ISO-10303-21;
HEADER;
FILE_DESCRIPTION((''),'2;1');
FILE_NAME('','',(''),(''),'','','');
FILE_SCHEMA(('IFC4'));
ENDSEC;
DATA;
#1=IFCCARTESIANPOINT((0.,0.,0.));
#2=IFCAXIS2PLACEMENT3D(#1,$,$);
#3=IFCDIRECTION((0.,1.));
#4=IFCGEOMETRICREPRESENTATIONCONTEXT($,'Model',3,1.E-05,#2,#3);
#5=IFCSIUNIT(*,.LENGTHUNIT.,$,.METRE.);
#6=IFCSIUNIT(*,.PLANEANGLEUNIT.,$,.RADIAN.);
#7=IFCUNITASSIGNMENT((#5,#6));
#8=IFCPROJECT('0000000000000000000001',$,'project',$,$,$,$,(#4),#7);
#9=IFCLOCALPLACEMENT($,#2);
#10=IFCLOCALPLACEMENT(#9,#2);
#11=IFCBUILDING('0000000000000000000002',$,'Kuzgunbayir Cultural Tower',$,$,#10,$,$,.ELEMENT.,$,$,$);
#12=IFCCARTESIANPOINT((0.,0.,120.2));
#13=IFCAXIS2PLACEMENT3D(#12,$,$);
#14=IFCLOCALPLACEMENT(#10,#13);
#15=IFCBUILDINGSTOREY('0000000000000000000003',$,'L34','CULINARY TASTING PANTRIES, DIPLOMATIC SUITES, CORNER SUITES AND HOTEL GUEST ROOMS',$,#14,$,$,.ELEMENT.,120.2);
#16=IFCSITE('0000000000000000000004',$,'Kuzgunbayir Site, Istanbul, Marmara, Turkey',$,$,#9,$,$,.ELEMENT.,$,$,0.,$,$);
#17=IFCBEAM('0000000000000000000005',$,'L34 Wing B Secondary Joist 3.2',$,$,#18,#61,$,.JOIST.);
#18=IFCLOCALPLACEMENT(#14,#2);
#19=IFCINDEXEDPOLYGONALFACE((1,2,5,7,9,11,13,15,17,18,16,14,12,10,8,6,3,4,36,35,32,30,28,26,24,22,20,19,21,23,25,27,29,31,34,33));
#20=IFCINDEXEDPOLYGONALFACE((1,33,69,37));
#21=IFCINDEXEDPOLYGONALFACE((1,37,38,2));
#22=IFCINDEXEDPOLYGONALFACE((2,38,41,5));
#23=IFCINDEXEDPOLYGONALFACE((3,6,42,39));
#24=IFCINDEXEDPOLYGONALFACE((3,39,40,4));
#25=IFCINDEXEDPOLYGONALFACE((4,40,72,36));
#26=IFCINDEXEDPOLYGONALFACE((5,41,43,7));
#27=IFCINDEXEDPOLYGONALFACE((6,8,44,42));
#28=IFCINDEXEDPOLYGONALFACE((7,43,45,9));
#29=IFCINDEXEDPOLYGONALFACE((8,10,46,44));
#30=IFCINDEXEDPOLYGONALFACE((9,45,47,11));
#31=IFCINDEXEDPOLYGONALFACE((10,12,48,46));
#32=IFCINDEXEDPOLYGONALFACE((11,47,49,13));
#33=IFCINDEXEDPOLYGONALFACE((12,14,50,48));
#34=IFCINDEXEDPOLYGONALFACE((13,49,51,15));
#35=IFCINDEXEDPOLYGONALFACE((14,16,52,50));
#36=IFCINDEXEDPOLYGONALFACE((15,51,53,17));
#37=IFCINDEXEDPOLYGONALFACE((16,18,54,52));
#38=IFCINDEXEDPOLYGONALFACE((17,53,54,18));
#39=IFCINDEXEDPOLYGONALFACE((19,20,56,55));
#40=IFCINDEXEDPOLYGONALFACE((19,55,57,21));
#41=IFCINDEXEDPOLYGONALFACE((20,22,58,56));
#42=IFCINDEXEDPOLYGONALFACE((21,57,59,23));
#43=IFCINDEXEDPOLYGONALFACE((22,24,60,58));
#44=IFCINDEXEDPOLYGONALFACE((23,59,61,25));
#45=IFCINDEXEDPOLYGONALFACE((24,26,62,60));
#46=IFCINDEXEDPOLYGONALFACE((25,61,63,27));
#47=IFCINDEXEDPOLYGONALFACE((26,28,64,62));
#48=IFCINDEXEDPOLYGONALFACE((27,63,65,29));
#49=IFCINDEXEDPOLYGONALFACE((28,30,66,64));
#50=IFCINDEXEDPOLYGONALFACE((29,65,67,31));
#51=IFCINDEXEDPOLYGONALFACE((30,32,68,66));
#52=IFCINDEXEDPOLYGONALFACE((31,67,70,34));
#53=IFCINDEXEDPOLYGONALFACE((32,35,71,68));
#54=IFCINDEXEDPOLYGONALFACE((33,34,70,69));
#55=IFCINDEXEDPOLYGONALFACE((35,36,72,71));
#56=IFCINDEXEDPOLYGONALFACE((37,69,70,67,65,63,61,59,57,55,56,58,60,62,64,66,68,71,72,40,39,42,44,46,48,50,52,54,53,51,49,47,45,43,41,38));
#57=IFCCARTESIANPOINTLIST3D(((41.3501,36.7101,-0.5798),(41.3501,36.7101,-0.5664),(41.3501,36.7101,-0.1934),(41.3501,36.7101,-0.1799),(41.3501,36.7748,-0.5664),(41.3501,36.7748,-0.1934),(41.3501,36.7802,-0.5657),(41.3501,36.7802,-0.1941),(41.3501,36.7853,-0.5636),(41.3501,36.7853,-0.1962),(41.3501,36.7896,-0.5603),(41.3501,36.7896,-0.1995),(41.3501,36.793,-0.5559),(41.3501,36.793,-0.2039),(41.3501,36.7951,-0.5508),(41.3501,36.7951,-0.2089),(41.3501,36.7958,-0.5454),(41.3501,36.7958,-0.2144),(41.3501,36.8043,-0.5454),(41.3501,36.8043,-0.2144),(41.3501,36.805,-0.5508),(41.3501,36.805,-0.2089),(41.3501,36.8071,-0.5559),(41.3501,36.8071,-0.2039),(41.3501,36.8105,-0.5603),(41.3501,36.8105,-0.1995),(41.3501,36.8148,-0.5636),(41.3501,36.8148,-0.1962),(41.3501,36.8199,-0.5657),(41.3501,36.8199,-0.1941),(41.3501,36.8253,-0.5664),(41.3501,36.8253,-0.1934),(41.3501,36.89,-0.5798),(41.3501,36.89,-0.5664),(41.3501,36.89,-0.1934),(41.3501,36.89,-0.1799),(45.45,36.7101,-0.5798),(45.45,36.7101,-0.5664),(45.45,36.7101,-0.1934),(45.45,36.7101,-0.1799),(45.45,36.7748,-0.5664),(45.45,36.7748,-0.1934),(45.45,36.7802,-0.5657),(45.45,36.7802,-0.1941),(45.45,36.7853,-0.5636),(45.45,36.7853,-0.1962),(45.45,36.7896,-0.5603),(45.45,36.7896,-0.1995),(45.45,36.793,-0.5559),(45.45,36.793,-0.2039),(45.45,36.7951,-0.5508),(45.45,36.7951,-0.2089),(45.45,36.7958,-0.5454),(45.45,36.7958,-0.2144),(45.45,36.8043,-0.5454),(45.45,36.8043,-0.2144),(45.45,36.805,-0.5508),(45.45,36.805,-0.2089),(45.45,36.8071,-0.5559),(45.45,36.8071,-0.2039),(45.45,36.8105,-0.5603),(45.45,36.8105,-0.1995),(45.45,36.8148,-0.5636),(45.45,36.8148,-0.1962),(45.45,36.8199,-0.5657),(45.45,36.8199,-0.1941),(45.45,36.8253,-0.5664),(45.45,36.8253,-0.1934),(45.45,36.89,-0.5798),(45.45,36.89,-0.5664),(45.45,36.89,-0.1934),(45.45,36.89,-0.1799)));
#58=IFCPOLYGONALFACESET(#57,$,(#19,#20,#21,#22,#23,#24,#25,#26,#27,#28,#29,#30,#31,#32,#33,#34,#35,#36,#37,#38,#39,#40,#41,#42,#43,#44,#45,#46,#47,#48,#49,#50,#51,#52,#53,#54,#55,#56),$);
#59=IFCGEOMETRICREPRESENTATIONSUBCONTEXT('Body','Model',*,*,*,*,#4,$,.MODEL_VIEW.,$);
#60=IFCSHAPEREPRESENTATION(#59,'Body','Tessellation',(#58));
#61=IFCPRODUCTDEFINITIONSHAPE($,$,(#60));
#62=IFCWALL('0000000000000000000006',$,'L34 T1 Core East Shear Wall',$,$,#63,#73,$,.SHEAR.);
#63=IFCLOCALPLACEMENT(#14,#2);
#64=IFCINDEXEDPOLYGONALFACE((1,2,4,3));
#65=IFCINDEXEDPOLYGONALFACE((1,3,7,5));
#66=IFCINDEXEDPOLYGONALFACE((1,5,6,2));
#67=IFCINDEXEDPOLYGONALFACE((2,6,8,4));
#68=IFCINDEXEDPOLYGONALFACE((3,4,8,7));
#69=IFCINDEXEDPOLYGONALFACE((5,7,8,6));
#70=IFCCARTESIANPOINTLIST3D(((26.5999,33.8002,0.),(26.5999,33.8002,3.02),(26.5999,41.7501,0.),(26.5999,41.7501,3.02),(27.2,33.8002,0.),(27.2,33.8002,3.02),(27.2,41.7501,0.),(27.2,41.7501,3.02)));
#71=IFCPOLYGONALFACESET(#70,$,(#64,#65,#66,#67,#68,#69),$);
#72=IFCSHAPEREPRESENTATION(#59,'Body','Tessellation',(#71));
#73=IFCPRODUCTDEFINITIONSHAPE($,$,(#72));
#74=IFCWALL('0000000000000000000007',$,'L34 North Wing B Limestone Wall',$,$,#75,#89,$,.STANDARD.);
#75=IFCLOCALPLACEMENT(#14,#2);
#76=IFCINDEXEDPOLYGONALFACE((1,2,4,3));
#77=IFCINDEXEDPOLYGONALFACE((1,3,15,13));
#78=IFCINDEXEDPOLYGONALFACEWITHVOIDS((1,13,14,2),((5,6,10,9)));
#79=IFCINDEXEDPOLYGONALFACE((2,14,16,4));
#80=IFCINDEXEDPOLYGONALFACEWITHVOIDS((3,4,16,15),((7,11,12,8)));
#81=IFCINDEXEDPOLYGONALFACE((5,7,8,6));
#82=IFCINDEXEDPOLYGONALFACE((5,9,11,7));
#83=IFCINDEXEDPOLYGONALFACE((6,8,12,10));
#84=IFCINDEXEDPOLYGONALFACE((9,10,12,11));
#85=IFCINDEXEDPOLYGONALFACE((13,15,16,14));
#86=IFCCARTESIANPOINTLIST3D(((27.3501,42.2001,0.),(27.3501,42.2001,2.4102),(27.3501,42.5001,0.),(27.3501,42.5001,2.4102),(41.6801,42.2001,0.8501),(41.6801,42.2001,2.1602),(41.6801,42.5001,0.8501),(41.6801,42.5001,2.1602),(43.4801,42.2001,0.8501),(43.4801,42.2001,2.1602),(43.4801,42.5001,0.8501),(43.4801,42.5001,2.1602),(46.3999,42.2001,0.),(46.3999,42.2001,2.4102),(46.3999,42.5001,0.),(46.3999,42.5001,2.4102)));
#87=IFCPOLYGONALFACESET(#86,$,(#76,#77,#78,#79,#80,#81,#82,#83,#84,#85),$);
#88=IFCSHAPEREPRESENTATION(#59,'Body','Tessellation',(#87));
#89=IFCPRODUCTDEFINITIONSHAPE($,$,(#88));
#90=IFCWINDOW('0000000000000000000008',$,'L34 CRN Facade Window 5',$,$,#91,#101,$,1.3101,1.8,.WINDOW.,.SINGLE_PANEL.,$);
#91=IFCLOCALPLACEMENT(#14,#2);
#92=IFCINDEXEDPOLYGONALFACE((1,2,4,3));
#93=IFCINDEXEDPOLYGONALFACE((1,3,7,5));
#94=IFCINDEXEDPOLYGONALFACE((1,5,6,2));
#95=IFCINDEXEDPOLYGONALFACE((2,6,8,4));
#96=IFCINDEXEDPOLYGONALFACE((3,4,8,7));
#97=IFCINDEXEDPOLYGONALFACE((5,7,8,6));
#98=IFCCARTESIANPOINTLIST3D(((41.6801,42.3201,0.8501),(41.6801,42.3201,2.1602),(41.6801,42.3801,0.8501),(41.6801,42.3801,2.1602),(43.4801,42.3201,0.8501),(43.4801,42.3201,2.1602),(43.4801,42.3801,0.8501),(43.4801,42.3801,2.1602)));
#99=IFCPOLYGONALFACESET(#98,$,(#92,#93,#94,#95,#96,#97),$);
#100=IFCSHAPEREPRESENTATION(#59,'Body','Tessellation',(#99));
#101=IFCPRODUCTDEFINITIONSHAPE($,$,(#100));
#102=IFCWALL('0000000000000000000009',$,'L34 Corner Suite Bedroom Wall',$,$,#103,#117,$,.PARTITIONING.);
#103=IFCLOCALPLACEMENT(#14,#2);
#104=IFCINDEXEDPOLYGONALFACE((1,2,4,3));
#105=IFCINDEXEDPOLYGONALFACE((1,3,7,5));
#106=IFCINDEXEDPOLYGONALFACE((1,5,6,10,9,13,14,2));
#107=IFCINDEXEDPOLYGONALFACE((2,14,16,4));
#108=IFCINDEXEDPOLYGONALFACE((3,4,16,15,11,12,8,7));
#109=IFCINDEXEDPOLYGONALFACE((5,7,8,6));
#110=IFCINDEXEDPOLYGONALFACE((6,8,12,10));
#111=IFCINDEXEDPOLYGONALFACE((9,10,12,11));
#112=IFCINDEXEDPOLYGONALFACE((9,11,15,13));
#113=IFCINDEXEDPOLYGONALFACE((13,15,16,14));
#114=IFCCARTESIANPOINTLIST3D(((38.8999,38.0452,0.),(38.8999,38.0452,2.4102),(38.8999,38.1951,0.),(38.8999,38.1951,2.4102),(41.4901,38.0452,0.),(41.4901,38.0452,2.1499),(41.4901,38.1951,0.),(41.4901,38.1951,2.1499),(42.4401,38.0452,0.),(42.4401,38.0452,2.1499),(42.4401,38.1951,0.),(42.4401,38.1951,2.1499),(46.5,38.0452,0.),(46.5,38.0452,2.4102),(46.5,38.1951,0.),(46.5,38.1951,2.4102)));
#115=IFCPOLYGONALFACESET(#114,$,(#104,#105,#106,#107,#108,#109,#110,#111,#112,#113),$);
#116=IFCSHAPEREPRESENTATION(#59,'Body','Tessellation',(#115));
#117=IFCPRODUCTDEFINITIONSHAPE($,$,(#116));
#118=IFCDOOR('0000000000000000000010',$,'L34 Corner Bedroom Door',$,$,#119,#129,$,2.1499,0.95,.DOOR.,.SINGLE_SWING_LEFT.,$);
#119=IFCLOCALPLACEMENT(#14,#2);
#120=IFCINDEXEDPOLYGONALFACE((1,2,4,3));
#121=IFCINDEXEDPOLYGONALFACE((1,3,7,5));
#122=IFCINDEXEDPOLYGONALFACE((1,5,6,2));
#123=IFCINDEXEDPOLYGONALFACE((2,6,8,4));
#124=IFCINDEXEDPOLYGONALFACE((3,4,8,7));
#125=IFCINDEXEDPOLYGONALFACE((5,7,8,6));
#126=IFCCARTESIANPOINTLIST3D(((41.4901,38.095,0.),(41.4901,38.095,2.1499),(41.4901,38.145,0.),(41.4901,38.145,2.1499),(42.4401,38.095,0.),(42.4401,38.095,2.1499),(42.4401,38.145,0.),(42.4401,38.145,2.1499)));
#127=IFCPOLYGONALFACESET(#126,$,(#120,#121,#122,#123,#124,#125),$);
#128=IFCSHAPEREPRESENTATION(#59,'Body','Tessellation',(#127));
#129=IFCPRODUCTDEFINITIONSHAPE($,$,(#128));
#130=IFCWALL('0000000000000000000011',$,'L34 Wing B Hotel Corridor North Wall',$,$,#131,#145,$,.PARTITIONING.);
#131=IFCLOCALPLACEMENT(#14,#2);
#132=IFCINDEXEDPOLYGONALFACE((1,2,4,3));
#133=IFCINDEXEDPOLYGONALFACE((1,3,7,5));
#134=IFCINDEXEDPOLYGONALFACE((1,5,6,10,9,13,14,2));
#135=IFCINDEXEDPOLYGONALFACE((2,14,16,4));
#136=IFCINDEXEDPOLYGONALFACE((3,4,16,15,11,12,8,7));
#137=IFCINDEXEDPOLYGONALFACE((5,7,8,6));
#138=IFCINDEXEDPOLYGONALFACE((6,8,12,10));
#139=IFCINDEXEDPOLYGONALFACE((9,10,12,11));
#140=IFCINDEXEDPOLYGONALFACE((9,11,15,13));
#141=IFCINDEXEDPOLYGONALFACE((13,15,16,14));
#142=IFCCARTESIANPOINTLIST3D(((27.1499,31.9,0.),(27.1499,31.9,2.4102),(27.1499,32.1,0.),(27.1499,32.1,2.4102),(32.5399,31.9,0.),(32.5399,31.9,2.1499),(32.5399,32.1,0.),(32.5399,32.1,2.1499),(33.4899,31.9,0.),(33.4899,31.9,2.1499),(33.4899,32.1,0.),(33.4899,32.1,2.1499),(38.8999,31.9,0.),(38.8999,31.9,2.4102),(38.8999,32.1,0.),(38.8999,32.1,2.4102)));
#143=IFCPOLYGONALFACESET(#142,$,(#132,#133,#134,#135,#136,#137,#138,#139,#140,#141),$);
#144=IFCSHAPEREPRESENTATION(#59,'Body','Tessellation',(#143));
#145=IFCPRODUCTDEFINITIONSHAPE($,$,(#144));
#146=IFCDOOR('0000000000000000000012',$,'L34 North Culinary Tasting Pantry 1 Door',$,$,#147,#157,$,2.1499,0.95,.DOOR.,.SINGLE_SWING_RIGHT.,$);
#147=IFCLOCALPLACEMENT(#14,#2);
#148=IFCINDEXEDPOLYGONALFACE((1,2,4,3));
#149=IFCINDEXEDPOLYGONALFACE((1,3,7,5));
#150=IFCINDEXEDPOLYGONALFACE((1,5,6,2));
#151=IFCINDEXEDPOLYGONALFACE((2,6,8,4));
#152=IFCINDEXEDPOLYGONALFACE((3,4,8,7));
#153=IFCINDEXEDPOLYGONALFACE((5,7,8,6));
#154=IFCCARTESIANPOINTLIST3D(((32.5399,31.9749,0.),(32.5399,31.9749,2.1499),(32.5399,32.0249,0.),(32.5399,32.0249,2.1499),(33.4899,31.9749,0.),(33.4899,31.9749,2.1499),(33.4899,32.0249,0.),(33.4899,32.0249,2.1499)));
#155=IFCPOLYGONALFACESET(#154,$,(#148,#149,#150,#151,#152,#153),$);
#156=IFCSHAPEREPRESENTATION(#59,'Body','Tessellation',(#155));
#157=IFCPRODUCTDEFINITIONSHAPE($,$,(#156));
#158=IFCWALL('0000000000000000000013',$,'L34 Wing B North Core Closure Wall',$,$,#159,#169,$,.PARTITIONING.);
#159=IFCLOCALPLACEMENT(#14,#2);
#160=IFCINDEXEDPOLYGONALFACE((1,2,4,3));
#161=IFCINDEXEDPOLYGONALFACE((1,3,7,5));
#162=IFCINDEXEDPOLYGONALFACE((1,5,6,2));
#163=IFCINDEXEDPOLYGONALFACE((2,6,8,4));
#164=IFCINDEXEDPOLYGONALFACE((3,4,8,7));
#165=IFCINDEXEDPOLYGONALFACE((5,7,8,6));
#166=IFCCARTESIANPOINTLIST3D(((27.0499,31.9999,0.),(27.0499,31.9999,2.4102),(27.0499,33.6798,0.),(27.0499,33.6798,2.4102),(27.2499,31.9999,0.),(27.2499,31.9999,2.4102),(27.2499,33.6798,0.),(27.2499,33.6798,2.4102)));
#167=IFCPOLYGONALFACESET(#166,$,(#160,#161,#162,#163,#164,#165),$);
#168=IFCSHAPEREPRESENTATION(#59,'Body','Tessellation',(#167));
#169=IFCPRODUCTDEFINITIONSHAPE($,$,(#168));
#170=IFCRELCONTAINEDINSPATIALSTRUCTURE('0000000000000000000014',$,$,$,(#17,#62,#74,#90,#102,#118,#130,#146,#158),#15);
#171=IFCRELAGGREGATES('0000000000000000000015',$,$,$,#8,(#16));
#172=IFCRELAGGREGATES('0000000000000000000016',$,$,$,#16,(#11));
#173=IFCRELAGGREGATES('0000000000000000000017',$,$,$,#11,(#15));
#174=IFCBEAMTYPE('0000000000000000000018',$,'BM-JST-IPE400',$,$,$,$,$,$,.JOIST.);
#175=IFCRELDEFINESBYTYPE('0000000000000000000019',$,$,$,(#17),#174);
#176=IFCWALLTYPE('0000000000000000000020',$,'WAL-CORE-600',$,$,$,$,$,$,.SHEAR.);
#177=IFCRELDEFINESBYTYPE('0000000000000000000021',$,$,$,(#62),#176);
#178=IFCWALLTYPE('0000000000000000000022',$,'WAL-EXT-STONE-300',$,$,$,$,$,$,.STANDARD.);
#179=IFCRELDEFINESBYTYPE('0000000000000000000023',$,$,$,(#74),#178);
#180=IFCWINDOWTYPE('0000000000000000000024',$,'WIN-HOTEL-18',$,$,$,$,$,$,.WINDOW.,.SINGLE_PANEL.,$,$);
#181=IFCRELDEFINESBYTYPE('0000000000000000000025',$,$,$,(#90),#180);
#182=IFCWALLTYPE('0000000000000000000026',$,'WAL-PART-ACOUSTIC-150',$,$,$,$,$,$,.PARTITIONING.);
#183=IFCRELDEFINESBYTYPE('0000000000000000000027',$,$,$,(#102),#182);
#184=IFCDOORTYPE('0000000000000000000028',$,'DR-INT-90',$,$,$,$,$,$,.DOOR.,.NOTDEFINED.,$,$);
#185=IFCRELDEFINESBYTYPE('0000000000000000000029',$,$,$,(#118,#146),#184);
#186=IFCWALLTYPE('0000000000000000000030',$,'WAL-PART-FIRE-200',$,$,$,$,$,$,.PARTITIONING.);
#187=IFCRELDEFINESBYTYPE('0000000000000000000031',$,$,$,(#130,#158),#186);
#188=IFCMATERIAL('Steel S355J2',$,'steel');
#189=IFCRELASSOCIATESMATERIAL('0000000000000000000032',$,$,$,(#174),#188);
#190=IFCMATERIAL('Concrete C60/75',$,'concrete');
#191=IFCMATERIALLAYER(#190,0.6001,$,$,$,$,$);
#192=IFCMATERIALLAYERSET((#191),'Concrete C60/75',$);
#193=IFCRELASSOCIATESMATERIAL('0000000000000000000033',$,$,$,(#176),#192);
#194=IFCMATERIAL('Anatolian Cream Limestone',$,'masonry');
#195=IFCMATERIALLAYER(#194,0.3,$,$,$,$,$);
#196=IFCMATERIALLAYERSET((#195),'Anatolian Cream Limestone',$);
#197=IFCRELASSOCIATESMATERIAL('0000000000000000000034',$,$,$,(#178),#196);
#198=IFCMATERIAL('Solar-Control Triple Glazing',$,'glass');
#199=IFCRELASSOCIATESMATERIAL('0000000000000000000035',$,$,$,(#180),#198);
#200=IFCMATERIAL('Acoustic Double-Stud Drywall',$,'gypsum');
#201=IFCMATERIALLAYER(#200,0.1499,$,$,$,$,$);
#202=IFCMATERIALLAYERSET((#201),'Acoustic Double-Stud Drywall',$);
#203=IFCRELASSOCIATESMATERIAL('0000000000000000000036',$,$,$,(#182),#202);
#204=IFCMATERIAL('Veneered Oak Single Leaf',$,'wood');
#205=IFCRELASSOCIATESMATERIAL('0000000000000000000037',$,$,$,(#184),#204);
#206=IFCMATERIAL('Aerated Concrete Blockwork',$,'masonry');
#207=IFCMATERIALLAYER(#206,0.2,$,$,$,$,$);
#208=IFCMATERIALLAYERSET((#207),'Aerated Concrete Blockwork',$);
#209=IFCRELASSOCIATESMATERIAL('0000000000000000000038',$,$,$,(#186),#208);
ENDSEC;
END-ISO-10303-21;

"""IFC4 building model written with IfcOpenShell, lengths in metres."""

from ifc_helpers import new_model, si_unit, direction, frame, frame_2d, origin, origin_2d, place, context, subcontext, project, spatial, rectangle, i_section, extrude, material, layer, layer_set, material_profile, profile_set, type_object, element, fill, save


model = new_model("IFC4")

# Units and contexts
model_context = context("Model", 3, precision=1e-05, world=origin(), true_north=direction((0.0, 1.0)))
body_context = subcontext(model_context, "Body", "Model", "MODEL_VIEW")
ifc_project = project(units=[si_unit("LENGTHUNIT", "METRE"), si_unit("PLANEANGLEUNIT", "RADIAN")], contexts=[model_context])

# Site, building, storey
site_placement = place(None, origin())
site = spatial("IfcSite", under=ifc_project, at=site_placement, Name="Kuzgunbayir Site, Istanbul, Marmara, Turkey", CompositionType="ELEMENT", RefElevation=0.0)
building_placement = place(site_placement, origin())
building = spatial("IfcBuilding", under=site, at=building_placement, Name="Kuzgunbayir Cultural Tower", CompositionType="ELEMENT")
storey_placement = place(building_placement, frame((0.0, 0.0, 120.2)))
storey = spatial("IfcBuildingStorey", under=building, at=storey_placement, Name="L34", Description="CULINARY TASTING PANTRIES, DIPLOMATIC SUITES, CORNER SUITES AND HOTEL GUEST ROOMS", CompositionType="ELEMENT", Elevation=120.2)

# Beam
ifc_material_1 = material(Name="Steel S355J2", Category="steel")
ifc_material_profile_1 = material_profile(ifc_material_1, i_section(OverallWidth=0.1799, OverallDepth=0.3999, WebThickness=0.0085, FlangeThickness=0.0134, FilletRadius=0.021, at=origin_2d()), Name="IPE 400")
ifc_profile_set_1 = profile_set([ifc_material_profile_1], Name="Steel S355J2")
beam_type_1 = type_object("IfcBeamType", Name="BM-JST-IPE400", PredefinedType="JOIST", material=ifc_profile_set_1)
for number, where, z_axis, x_axis, name in (
    (1, (41.3501, 36.8, -0.3799), (1.0, 0.0, 0.0), (0.0, 1.0, 0.0), "L34 Wing B Secondary Joist 3.2"),
):
    element("IfcBeam", number, at=place(storey_placement, frame(where, z_axis=z_axis, x_axis=x_axis)), inside=storey, type_object=beam_type_1, Name=name, PredefinedType="JOIST", context=body_context, shape_type="SweptSolid", body=[
        extrude(i_section(OverallWidth=0.1799, OverallDepth=0.3999, WebThickness=0.0085, FlangeThickness=0.0134, FilletRadius=0.021, at=origin_2d()), origin(), (0.0, 0.0, 1.0), 4.0999),
    ])

# Wall
ifc_material_2 = material(Name="Concrete C60/75", Category="concrete")
ifc_layer_1 = layer(ifc_material_2, 0.6001)
ifc_layer_set_1 = layer_set([ifc_layer_1], Name="Concrete C60/75")
wall_type_1 = type_object("IfcWallType", Name="WAL-CORE-600", PredefinedType="SHEAR", material=ifc_layer_set_1)
wall_1_placement = place(storey_placement, frame((26.8999, 33.8, 0.0), z_axis=(0.0, 0.0, 1.0), x_axis=(0.0, 1.0, 0.0)))
element("IfcWall", 2, at=wall_1_placement, inside=storey, type_object=wall_type_1, Name="L34 T1 Core East Shear Wall", PredefinedType="SHEAR", context=body_context, shape_type="SweptSolid", body=[
    extrude(rectangle(XDim=7.95, YDim=0.6001, at=frame_2d((3.9751, 0.0))), origin(), (0.0, 0.0, 1.0), 3.02),
])

# Wall, opening, window
ifc_material_3 = material(Name="Anatolian Cream Limestone", Category="masonry")
ifc_layer_2 = layer(ifc_material_3, 0.3)
ifc_layer_set_2 = layer_set([ifc_layer_2], Name="Anatolian Cream Limestone")
wall_type_2 = type_object("IfcWallType", Name="WAL-EXT-STONE-300", PredefinedType="STANDARD", material=ifc_layer_set_2)
wall_2_placement = place(storey_placement, frame((46.3999, 42.3501, 0.0), z_axis=(0.0, 0.0, 1.0), x_axis=(-1.0, 0.0, 0.0)))
wall_2 = element("IfcWall", 3, at=wall_2_placement, inside=storey, type_object=wall_type_2, Name="L34 North Wing B Limestone Wall", PredefinedType="STANDARD", context=body_context, shape_type="SweptSolid", body=[
    extrude(rectangle(XDim=19.0498, YDim=0.3, at=frame_2d((9.5249, 0.0))), origin(), (0.0, 0.0, 1.0), 2.4102),
])
opening_1_placement = place(wall_2_placement, frame((2.9199, 0.0, 0.8501)))
opening_1 = element("IfcOpeningElement", 4, at=opening_1_placement, cuts=wall_2, PredefinedType="OPENING", context=body_context, shape_type="SweptSolid", body=[
    extrude(rectangle(XDim=1.8, YDim=1.3101, at=frame_2d((0.8999, 0.655))), frame((0.0, 0.1602, 0.0), z_axis=(0.0, -1.0, 0.0), x_axis=(1.0, 0.0, 0.0)), (0.0, 0.0, 1.0), 0.3201),
])
ifc_material_4 = material(Name="Solar-Control Triple Glazing", Category="glass")
window_type = type_object("IfcWindowType", Name="WIN-HOTEL-18", PartitioningType="SINGLE_PANEL", PredefinedType="WINDOW", material=ifc_material_4)
window_placement = place(opening_1_placement, origin())
window = element("IfcWindow", 5, at=window_placement, inside=storey, type_object=window_type, Name="L34 CRN Facade Window 5", OverallHeight=1.3101, OverallWidth=1.8, PartitioningType="SINGLE_PANEL", PredefinedType="WINDOW", context=body_context, shape_type="SweptSolid", body=[
    extrude(rectangle(XDim=1.8, YDim=1.3101, at=frame_2d((0.8999, 0.655))), frame((0.0, 0.03, 0.0), z_axis=(0.0, -1.0, 0.0), x_axis=(1.0, 0.0, 0.0)), (0.0, 0.0, 1.0), 0.0601),
])
fill(opening_1, window)

# Walls, openings, doors
ifc_material_5 = material(Name="Acoustic Double-Stud Drywall", Category="gypsum")
ifc_layer_3 = layer(ifc_material_5, 0.1499)
ifc_layer_set_3 = layer_set([ifc_layer_3], Name="Acoustic Double-Stud Drywall")
wall_type_3 = type_object("IfcWallType", Name="WAL-PART-ACOUSTIC-150", PredefinedType="PARTITIONING", material=ifc_layer_set_3)
wall_3_placement = place(storey_placement, frame((38.8999, 38.1201, 0.0), z_axis=(0.0, 0.0, 1.0), x_axis=(1.0, 0.0, 0.0)))
wall_3 = element("IfcWall", 6, at=wall_3_placement, inside=storey, type_object=wall_type_3, Name="L34 Corner Suite Bedroom Wall", PredefinedType="PARTITIONING", context=body_context, shape_type="SweptSolid", body=[
    extrude(rectangle(XDim=7.6001, YDim=0.1499, at=frame_2d((3.8, 0.0))), origin(), (0.0, 0.0, 1.0), 2.4102),
])
opening_2_placement = place(wall_3_placement, frame((2.5901, 0.0, 0.0)))
opening_2 = element("IfcOpeningElement", 7, at=opening_2_placement, cuts=wall_3, PredefinedType="OPENING", context=body_context, shape_type="SweptSolid", body=[
    extrude(rectangle(XDim=0.95, YDim=2.1499, at=frame_2d((0.4751, 1.075))), frame((0.0, 0.085, 0.0), z_axis=(0.0, -1.0, 0.0), x_axis=(1.0, 0.0, 0.0)), (0.0, 0.0, 1.0), 0.1699),
])
ifc_material_6 = material(Name="Veneered Oak Single Leaf", Category="wood")
door_type_1 = type_object("IfcDoorType", Name="DR-INT-90", OperationType="NOTDEFINED", PredefinedType="DOOR", material=ifc_material_6)
door_1_placement = place(opening_2_placement, origin())
door_1 = element("IfcDoor", 8, at=door_1_placement, inside=storey, type_object=door_type_1, Name="L34 Corner Bedroom Door", OperationType="SINGLE_SWING_LEFT", OverallHeight=2.1499, OverallWidth=0.95, PredefinedType="DOOR", context=body_context, shape_type="SweptSolid", body=[
    extrude(rectangle(XDim=0.95, YDim=2.1499, at=frame_2d((0.4751, 1.075))), frame((0.0, 0.0249, 0.0), z_axis=(0.0, -1.0, 0.0), x_axis=(1.0, 0.0, 0.0)), (0.0, 0.0, 1.0), 0.05),
])
fill(opening_2, door_1)
ifc_material_7 = material(Name="Aerated Concrete Blockwork", Category="masonry")
ifc_layer_4 = layer(ifc_material_7, 0.2)
ifc_layer_set_4 = layer_set([ifc_layer_4], Name="Aerated Concrete Blockwork")
wall_type_4 = type_object("IfcWallType", Name="WAL-PART-FIRE-200", PredefinedType="PARTITIONING", material=ifc_layer_set_4)
wall_4_placement = place(storey_placement, frame((27.1499, 32.0, 0.0), z_axis=(0.0, 0.0, 1.0), x_axis=(1.0, 0.0, 0.0)))
wall_4 = element("IfcWall", 9, at=wall_4_placement, inside=storey, type_object=wall_type_4, Name="L34 Wing B Hotel Corridor North Wall", PredefinedType="PARTITIONING", context=body_context, shape_type="SweptSolid", body=[
    extrude(rectangle(XDim=11.75, YDim=0.2, at=frame_2d((5.875, 0.0))), origin(), (0.0, 0.0, 1.0), 2.4102),
])
opening_3_placement = place(wall_4_placement, frame((5.3899, 0.0, 0.0)))
opening_3 = element("IfcOpeningElement", 10, at=opening_3_placement, cuts=wall_4, PredefinedType="OPENING", context=body_context, shape_type="SweptSolid", body=[
    extrude(rectangle(XDim=0.95, YDim=2.1499, at=frame_2d((0.4751, 1.075))), frame((0.0, 0.1099, 0.0), z_axis=(0.0, -1.0, 0.0), x_axis=(1.0, 0.0, 0.0)), (0.0, 0.0, 1.0), 0.22),
])
door_2_placement = place(opening_3_placement, origin())
door_2 = element("IfcDoor", 11, at=door_2_placement, inside=storey, type_object=door_type_1, Name="L34 North Culinary Tasting Pantry 1 Door", OperationType="SINGLE_SWING_RIGHT", OverallHeight=2.1499, OverallWidth=0.95, PredefinedType="DOOR", context=body_context, shape_type="SweptSolid", body=[
    extrude(rectangle(XDim=0.95, YDim=2.1499, at=frame_2d((0.4751, 1.075))), frame((0.0, 0.0249, 0.0), z_axis=(0.0, -1.0, 0.0), x_axis=(1.0, 0.0, 0.0)), (0.0, 0.0, 1.0), 0.05),
])
fill(opening_3, door_2)

# Wall
wall_5_placement = place(storey_placement, frame((27.1499, 32.0, 0.0), z_axis=(0.0, 0.0, 1.0), x_axis=(0.0, 1.0, 0.0)))
element("IfcWall", 12, at=wall_5_placement, inside=storey, type_object=wall_type_4, Name="L34 Wing B North Core Closure Wall", PredefinedType="PARTITIONING", context=body_context, shape_type="SweptSolid", body=[
    extrude(rectangle(XDim=1.6799, YDim=0.2, at=frame_2d((0.8398, 0.0))), origin(), (0.0, 0.0, 1.0), 2.4102),
])

save(model, "model.ifc")
